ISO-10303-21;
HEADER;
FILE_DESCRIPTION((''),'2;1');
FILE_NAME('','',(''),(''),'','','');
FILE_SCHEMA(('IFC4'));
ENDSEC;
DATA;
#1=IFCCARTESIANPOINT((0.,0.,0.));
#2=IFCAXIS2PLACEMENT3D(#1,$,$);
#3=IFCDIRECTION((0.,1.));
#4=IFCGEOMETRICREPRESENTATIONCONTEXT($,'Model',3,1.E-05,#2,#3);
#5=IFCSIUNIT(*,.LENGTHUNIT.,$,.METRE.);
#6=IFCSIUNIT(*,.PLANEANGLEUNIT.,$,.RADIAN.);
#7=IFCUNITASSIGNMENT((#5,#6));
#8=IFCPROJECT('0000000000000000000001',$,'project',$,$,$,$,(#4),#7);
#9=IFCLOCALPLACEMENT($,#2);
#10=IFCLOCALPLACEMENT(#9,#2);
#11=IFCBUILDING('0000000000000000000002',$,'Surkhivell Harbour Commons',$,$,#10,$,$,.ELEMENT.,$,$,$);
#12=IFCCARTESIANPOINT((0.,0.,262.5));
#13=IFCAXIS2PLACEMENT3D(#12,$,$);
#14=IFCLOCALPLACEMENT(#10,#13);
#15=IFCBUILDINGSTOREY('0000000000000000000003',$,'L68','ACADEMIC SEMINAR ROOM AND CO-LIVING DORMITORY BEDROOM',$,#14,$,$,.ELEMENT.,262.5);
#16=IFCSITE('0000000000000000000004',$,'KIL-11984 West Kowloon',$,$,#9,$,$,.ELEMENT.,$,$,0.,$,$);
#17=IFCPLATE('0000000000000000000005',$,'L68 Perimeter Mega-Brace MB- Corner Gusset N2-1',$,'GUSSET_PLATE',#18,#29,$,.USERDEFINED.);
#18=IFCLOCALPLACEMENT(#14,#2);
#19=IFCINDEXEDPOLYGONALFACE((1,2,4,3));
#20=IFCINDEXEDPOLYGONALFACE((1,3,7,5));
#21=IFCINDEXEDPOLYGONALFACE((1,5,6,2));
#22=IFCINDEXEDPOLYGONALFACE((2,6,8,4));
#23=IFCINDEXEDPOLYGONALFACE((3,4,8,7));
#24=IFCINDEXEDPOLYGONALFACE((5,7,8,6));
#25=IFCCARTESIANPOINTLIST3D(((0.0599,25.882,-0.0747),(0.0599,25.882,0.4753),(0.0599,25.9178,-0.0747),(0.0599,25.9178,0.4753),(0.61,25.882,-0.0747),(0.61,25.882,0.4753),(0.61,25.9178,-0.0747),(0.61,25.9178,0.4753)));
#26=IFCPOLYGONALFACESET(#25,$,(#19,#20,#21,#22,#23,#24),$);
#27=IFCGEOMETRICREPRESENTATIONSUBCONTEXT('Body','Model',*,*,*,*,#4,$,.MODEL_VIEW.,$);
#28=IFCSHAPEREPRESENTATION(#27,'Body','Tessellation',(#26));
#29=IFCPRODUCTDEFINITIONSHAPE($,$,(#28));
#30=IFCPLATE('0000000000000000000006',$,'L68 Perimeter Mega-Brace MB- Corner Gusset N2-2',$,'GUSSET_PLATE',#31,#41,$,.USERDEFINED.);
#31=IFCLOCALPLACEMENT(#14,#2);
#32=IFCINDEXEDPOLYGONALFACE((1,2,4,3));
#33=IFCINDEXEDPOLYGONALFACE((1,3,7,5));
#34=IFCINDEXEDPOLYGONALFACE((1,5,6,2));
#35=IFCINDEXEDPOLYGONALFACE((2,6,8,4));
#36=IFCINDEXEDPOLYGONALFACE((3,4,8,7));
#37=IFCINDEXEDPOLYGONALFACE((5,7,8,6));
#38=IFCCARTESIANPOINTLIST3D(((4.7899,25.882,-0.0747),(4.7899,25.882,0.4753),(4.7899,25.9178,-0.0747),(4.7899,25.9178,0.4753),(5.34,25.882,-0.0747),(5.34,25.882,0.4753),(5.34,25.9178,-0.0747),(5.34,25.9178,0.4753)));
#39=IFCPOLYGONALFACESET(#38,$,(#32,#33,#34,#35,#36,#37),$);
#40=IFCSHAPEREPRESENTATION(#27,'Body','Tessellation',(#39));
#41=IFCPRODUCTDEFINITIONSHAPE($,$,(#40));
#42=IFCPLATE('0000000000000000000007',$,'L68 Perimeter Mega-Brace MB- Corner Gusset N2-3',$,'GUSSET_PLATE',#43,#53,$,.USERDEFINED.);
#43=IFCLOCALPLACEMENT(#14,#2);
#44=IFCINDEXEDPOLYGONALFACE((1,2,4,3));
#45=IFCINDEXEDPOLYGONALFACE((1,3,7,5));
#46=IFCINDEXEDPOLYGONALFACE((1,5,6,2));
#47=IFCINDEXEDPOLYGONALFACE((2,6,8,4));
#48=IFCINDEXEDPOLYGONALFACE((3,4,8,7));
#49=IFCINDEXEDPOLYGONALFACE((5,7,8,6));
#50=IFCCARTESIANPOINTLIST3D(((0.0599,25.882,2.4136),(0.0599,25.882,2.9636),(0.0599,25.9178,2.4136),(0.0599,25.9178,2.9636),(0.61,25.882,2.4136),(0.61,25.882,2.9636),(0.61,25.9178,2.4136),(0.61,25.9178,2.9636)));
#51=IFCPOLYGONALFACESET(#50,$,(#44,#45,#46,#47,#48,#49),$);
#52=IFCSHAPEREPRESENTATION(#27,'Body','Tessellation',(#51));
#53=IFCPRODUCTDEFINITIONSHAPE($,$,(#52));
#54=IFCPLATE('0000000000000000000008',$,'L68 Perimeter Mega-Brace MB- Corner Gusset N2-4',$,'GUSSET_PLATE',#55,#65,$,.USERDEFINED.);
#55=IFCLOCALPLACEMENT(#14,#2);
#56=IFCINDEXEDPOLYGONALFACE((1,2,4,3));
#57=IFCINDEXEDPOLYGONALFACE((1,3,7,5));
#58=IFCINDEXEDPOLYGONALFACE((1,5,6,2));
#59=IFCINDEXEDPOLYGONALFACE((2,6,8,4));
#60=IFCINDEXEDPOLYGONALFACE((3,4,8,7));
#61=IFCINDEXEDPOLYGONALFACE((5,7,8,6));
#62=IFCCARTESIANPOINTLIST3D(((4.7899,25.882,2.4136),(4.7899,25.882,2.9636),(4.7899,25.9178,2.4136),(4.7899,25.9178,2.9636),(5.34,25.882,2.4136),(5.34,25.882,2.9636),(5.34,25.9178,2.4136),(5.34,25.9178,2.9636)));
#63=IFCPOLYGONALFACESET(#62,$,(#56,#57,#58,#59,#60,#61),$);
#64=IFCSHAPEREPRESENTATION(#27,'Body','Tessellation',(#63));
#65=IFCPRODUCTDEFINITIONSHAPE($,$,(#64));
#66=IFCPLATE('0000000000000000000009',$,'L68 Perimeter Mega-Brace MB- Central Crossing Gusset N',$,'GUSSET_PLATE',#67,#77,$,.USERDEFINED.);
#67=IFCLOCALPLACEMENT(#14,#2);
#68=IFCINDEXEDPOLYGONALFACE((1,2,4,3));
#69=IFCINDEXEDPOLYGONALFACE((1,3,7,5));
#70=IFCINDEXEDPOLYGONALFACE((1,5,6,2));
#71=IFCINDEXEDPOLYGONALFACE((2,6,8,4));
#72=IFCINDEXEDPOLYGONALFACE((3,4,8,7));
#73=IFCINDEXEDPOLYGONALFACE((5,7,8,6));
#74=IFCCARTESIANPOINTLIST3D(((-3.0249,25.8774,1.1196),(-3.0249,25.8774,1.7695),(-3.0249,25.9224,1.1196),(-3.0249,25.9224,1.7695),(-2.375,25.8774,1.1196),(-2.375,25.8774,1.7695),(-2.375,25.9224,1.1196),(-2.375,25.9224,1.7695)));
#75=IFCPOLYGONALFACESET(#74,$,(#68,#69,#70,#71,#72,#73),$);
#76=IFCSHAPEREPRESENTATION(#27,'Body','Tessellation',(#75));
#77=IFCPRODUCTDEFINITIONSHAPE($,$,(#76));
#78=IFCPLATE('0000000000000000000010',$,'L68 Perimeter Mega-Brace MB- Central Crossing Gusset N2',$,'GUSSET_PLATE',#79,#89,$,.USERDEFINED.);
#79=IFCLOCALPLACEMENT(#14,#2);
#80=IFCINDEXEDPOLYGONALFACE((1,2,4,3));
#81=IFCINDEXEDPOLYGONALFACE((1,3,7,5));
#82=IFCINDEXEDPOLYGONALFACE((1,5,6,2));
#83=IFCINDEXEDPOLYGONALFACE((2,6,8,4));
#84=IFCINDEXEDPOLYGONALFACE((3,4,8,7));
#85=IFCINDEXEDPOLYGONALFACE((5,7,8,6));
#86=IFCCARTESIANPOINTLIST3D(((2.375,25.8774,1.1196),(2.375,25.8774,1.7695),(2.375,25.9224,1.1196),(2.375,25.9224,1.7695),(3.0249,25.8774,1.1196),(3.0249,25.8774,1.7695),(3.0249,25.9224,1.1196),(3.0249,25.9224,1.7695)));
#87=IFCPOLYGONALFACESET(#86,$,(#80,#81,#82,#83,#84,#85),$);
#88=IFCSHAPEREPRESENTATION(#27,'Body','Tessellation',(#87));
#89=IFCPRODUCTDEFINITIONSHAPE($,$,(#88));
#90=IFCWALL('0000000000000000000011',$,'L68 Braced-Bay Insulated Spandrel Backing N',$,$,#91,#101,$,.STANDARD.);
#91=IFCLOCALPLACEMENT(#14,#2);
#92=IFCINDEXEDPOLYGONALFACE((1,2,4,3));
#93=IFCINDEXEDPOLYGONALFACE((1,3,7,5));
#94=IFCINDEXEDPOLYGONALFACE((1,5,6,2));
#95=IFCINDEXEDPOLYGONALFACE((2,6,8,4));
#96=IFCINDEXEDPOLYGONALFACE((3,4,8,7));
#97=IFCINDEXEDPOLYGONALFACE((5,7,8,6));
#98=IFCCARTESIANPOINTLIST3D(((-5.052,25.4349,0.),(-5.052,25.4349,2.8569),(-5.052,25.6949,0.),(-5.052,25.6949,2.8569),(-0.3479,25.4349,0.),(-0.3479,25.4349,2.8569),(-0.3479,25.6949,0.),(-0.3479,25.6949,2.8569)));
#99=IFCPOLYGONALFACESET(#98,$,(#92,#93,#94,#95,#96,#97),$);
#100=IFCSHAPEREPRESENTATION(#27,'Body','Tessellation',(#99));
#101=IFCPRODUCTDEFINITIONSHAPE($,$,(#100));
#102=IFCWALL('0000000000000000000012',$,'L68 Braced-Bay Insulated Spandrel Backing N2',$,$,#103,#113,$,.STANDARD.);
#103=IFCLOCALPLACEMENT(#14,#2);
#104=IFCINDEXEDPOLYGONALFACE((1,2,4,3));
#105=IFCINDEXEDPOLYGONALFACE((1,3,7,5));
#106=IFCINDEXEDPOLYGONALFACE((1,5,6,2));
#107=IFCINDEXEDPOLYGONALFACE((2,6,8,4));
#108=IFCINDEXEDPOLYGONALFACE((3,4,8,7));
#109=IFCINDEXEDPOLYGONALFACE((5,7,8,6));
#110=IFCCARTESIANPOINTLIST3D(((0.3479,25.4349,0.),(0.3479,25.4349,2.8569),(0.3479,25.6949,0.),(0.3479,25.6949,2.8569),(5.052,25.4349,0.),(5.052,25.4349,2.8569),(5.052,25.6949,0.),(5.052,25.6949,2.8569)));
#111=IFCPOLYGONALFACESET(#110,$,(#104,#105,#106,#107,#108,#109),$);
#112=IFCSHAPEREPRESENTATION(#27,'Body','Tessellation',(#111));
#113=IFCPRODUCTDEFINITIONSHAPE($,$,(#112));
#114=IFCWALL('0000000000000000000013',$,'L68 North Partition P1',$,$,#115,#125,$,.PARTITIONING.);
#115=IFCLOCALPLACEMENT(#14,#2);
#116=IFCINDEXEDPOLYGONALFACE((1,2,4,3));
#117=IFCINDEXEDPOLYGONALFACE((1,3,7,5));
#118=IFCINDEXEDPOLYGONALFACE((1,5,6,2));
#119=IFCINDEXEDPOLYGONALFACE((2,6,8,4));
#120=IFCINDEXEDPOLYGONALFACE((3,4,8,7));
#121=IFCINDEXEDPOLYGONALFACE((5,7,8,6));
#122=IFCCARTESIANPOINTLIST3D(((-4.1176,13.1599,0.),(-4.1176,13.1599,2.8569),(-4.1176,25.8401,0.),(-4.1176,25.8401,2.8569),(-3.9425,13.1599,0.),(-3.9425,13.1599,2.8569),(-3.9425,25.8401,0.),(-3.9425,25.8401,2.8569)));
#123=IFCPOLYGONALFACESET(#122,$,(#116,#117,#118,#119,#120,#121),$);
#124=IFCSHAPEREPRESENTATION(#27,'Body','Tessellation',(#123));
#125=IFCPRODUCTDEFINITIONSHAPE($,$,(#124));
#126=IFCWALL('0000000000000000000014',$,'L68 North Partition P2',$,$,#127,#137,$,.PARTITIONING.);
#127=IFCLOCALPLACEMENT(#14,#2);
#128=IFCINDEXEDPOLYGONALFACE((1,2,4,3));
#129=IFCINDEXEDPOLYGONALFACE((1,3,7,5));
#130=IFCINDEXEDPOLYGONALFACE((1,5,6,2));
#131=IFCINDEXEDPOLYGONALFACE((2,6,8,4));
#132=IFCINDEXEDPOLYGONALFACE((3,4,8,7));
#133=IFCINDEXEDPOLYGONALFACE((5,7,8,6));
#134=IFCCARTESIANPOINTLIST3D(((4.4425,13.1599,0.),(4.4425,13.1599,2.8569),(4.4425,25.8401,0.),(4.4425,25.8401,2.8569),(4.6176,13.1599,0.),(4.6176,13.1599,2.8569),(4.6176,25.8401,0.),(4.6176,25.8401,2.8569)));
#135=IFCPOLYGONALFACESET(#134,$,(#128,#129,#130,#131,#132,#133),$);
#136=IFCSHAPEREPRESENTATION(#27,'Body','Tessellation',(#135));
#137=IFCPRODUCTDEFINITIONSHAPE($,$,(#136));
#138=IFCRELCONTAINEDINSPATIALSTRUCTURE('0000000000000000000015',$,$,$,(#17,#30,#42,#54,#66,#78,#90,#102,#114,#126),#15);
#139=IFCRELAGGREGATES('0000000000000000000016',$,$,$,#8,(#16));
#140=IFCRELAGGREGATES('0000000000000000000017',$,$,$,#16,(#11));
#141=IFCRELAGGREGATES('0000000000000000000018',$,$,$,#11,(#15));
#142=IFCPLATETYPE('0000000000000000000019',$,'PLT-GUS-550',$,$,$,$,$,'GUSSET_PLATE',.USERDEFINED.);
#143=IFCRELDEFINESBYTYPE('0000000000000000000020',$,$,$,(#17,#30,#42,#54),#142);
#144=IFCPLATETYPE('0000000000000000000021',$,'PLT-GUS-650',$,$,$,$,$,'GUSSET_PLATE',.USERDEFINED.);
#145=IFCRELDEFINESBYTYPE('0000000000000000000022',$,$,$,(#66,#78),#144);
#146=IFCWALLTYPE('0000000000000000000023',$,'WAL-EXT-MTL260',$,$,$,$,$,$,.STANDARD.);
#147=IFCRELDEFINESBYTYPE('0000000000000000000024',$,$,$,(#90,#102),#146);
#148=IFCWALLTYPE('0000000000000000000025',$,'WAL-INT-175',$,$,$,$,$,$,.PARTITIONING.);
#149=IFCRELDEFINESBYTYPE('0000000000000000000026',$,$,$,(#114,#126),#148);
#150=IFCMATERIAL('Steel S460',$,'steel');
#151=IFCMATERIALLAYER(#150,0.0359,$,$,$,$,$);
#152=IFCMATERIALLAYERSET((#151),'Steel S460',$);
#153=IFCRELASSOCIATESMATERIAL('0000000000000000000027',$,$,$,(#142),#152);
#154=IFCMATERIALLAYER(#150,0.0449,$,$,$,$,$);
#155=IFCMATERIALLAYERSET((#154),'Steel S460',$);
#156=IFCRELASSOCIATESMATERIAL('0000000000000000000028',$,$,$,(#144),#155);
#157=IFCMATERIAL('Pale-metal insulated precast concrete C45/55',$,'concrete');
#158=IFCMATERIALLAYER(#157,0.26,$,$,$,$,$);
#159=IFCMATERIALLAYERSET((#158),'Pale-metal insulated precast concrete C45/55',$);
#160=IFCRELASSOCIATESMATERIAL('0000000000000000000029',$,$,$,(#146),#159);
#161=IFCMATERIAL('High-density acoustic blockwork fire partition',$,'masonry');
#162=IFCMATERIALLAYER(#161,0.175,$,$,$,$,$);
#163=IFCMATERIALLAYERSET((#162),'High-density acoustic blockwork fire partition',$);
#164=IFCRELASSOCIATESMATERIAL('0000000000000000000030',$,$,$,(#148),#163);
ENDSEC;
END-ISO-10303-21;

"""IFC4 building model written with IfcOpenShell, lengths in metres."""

from ifc_helpers import new_model, si_unit, direction, frame, frame_2d, origin, origin_2d, place, context, subcontext, project, spatial, rectangle, extrude, material, layer, layer_set, type_object, element, save


model = new_model("IFC4")

# Units and contexts
model_context = context("Model", 3, precision=1e-05, world=origin(), true_north=direction((0.0, 1.0)))
body_context = subcontext(model_context, "Body", "Model", "MODEL_VIEW")
ifc_project = project(units=[si_unit("LENGTHUNIT", "METRE"), si_unit("PLANEANGLEUNIT", "RADIAN")], contexts=[model_context])

# Site, building, storey
site_placement = place(None, origin())
site = spatial("IfcSite", under=ifc_project, at=site_placement, Name="KIL-11984 West Kowloon", CompositionType="ELEMENT", RefElevation=0.0)
building_placement = place(site_placement, origin())
building = spatial("IfcBuilding", under=site, at=building_placement, Name="Surkhivell Harbour Commons", CompositionType="ELEMENT")
storey_placement = place(building_placement, frame((0.0, 0.0, 262.5)))
storey = spatial("IfcBuildingStorey", under=building, at=storey_placement, Name="L68", Description="ACADEMIC SEMINAR ROOM AND CO-LIVING DORMITORY BEDROOM", CompositionType="ELEMENT", Elevation=262.5)

# Shared definitions
ifc_material_1 = material(Name="Steel S460", Category="steel")

# Plates
ifc_layer_1 = layer(ifc_material_1, 0.0359)
ifc_layer_set_1 = layer_set([ifc_layer_1], Name="Steel S460")
plate_type_1 = type_object("IfcPlateType", Name="PLT-GUS-550", ElementType="GUSSET_PLATE", PredefinedType="USERDEFINED", material=ifc_layer_set_1)
for number, where, z_axis, x_axis, name in (
    (1, (0.335, 25.8999, -0.0747), (0.0, 0.0, 1.0), (1.0, 0.0, 0.0), "L68 Perimeter Mega-Brace MB- Corner Gusset N2-1"),
    (2, (5.0649, 25.8999, -0.0747), (0.0, 0.0, 1.0), (1.0, 0.0, 0.0), "L68 Perimeter Mega-Brace MB- Corner Gusset N2-2"),
    (3, (0.335, 25.8999, 2.4136), (0.0, 0.0, 1.0), (1.0, 0.0, 0.0), "L68 Perimeter Mega-Brace MB- Corner Gusset N2-3"),
    (4, (5.0649, 25.8999, 2.4136), (0.0, 0.0, 1.0), (1.0, 0.0, 0.0), "L68 Perimeter Mega-Brace MB- Corner Gusset N2-4"),
):
    element("IfcPlate", number, at=place(storey_placement, frame(where, z_axis=z_axis, x_axis=x_axis)), inside=storey, type_object=plate_type_1, Name=name, ObjectType="GUSSET_PLATE", PredefinedType="USERDEFINED", context=body_context, shape_type="SweptSolid", body=[
        extrude(rectangle(XDim=0.55, YDim=0.0359, at=origin_2d()), origin(), (0.0, 0.0, 1.0), 0.55),
    ])
ifc_layer_2 = layer(ifc_material_1, 0.0449)
ifc_layer_set_2 = layer_set([ifc_layer_2], Name="Steel S460")
plate_type_2 = type_object("IfcPlateType", Name="PLT-GUS-650", ElementType="GUSSET_PLATE", PredefinedType="USERDEFINED", material=ifc_layer_set_2)
for number, where, z_axis, x_axis, name in (
    (5, (-2.7, 25.8999, 1.1196), (0.0, 0.0, 1.0), (1.0, 0.0, 0.0), "L68 Perimeter Mega-Brace MB- Central Crossing Gusset N"),
    (6, (2.7, 25.8999, 1.1196), (0.0, 0.0, 1.0), (1.0, 0.0, 0.0), "L68 Perimeter Mega-Brace MB- Central Crossing Gusset N2"),
):
    element("IfcPlate", number, at=place(storey_placement, frame(where, z_axis=z_axis, x_axis=x_axis)), inside=storey, type_object=plate_type_2, Name=name, ObjectType="GUSSET_PLATE", PredefinedType="USERDEFINED", context=body_context, shape_type="SweptSolid", body=[
        extrude(rectangle(XDim=0.6499, YDim=0.0449, at=origin_2d()), origin(), (0.0, 0.0, 1.0), 0.6499),
    ])

# Walls
ifc_material_2 = material(Name="Pale-metal insulated precast concrete C45/55", Category="concrete")
ifc_layer_3 = layer(ifc_material_2, 0.26)
ifc_layer_set_3 = layer_set([ifc_layer_3], Name="Pale-metal insulated precast concrete C45/55")
wall_type_1 = type_object("IfcWallType", Name="WAL-EXT-MTL260", PredefinedType="STANDARD", material=ifc_layer_set_3)
for number, where, z_axis, x_axis, name in (
    (7, (-0.3479, 25.5649, 0.0), (0.0, 0.0, 1.0), (-1.0, 0.0, 0.0), "L68 Braced-Bay Insulated Spandrel Backing N"),
    (8, (5.052, 25.5649, 0.0), (0.0, 0.0, 1.0), (-1.0, 0.0, 0.0), "L68 Braced-Bay Insulated Spandrel Backing N2"),
):
    element("IfcWall", number, at=place(storey_placement, frame(where, z_axis=z_axis, x_axis=x_axis)), inside=storey, type_object=wall_type_1, Name=name, PredefinedType="STANDARD", context=body_context, shape_type="SweptSolid", body=[
        extrude(rectangle(XDim=4.7041, YDim=0.26, at=frame_2d((2.3521, 0.0))), origin(), (0.0, 0.0, 1.0), 2.8569),
    ])
ifc_material_3 = material(Name="High-density acoustic blockwork fire partition", Category="masonry")
ifc_layer_4 = layer(ifc_material_3, 0.175)
ifc_layer_set_4 = layer_set([ifc_layer_4], Name="High-density acoustic blockwork fire partition")
wall_type_2 = type_object("IfcWallType", Name="WAL-INT-175", PredefinedType="PARTITIONING", material=ifc_layer_set_4)
for number, where, z_axis, x_axis, name in (
    (9, (-4.03, 13.1599, 0.0), (0.0, 0.0, 1.0), (0.0, 1.0, 0.0), "L68 North Partition P1"),
    (10, (4.53, 13.1599, 0.0), (0.0, 0.0, 1.0), (0.0, 1.0, 0.0), "L68 North Partition P2"),
):
    element("IfcWall", number, at=place(storey_placement, frame(where, z_axis=z_axis, x_axis=x_axis)), inside=storey, type_object=wall_type_2, Name=name, PredefinedType="PARTITIONING", context=body_context, shape_type="SweptSolid", body=[
        extrude(rectangle(XDim=12.6802, YDim=0.175, at=frame_2d((6.3401, 0.0))), origin(), (0.0, 0.0, 1.0), 2.8569),
    ])

save(model, "model.ifc")
